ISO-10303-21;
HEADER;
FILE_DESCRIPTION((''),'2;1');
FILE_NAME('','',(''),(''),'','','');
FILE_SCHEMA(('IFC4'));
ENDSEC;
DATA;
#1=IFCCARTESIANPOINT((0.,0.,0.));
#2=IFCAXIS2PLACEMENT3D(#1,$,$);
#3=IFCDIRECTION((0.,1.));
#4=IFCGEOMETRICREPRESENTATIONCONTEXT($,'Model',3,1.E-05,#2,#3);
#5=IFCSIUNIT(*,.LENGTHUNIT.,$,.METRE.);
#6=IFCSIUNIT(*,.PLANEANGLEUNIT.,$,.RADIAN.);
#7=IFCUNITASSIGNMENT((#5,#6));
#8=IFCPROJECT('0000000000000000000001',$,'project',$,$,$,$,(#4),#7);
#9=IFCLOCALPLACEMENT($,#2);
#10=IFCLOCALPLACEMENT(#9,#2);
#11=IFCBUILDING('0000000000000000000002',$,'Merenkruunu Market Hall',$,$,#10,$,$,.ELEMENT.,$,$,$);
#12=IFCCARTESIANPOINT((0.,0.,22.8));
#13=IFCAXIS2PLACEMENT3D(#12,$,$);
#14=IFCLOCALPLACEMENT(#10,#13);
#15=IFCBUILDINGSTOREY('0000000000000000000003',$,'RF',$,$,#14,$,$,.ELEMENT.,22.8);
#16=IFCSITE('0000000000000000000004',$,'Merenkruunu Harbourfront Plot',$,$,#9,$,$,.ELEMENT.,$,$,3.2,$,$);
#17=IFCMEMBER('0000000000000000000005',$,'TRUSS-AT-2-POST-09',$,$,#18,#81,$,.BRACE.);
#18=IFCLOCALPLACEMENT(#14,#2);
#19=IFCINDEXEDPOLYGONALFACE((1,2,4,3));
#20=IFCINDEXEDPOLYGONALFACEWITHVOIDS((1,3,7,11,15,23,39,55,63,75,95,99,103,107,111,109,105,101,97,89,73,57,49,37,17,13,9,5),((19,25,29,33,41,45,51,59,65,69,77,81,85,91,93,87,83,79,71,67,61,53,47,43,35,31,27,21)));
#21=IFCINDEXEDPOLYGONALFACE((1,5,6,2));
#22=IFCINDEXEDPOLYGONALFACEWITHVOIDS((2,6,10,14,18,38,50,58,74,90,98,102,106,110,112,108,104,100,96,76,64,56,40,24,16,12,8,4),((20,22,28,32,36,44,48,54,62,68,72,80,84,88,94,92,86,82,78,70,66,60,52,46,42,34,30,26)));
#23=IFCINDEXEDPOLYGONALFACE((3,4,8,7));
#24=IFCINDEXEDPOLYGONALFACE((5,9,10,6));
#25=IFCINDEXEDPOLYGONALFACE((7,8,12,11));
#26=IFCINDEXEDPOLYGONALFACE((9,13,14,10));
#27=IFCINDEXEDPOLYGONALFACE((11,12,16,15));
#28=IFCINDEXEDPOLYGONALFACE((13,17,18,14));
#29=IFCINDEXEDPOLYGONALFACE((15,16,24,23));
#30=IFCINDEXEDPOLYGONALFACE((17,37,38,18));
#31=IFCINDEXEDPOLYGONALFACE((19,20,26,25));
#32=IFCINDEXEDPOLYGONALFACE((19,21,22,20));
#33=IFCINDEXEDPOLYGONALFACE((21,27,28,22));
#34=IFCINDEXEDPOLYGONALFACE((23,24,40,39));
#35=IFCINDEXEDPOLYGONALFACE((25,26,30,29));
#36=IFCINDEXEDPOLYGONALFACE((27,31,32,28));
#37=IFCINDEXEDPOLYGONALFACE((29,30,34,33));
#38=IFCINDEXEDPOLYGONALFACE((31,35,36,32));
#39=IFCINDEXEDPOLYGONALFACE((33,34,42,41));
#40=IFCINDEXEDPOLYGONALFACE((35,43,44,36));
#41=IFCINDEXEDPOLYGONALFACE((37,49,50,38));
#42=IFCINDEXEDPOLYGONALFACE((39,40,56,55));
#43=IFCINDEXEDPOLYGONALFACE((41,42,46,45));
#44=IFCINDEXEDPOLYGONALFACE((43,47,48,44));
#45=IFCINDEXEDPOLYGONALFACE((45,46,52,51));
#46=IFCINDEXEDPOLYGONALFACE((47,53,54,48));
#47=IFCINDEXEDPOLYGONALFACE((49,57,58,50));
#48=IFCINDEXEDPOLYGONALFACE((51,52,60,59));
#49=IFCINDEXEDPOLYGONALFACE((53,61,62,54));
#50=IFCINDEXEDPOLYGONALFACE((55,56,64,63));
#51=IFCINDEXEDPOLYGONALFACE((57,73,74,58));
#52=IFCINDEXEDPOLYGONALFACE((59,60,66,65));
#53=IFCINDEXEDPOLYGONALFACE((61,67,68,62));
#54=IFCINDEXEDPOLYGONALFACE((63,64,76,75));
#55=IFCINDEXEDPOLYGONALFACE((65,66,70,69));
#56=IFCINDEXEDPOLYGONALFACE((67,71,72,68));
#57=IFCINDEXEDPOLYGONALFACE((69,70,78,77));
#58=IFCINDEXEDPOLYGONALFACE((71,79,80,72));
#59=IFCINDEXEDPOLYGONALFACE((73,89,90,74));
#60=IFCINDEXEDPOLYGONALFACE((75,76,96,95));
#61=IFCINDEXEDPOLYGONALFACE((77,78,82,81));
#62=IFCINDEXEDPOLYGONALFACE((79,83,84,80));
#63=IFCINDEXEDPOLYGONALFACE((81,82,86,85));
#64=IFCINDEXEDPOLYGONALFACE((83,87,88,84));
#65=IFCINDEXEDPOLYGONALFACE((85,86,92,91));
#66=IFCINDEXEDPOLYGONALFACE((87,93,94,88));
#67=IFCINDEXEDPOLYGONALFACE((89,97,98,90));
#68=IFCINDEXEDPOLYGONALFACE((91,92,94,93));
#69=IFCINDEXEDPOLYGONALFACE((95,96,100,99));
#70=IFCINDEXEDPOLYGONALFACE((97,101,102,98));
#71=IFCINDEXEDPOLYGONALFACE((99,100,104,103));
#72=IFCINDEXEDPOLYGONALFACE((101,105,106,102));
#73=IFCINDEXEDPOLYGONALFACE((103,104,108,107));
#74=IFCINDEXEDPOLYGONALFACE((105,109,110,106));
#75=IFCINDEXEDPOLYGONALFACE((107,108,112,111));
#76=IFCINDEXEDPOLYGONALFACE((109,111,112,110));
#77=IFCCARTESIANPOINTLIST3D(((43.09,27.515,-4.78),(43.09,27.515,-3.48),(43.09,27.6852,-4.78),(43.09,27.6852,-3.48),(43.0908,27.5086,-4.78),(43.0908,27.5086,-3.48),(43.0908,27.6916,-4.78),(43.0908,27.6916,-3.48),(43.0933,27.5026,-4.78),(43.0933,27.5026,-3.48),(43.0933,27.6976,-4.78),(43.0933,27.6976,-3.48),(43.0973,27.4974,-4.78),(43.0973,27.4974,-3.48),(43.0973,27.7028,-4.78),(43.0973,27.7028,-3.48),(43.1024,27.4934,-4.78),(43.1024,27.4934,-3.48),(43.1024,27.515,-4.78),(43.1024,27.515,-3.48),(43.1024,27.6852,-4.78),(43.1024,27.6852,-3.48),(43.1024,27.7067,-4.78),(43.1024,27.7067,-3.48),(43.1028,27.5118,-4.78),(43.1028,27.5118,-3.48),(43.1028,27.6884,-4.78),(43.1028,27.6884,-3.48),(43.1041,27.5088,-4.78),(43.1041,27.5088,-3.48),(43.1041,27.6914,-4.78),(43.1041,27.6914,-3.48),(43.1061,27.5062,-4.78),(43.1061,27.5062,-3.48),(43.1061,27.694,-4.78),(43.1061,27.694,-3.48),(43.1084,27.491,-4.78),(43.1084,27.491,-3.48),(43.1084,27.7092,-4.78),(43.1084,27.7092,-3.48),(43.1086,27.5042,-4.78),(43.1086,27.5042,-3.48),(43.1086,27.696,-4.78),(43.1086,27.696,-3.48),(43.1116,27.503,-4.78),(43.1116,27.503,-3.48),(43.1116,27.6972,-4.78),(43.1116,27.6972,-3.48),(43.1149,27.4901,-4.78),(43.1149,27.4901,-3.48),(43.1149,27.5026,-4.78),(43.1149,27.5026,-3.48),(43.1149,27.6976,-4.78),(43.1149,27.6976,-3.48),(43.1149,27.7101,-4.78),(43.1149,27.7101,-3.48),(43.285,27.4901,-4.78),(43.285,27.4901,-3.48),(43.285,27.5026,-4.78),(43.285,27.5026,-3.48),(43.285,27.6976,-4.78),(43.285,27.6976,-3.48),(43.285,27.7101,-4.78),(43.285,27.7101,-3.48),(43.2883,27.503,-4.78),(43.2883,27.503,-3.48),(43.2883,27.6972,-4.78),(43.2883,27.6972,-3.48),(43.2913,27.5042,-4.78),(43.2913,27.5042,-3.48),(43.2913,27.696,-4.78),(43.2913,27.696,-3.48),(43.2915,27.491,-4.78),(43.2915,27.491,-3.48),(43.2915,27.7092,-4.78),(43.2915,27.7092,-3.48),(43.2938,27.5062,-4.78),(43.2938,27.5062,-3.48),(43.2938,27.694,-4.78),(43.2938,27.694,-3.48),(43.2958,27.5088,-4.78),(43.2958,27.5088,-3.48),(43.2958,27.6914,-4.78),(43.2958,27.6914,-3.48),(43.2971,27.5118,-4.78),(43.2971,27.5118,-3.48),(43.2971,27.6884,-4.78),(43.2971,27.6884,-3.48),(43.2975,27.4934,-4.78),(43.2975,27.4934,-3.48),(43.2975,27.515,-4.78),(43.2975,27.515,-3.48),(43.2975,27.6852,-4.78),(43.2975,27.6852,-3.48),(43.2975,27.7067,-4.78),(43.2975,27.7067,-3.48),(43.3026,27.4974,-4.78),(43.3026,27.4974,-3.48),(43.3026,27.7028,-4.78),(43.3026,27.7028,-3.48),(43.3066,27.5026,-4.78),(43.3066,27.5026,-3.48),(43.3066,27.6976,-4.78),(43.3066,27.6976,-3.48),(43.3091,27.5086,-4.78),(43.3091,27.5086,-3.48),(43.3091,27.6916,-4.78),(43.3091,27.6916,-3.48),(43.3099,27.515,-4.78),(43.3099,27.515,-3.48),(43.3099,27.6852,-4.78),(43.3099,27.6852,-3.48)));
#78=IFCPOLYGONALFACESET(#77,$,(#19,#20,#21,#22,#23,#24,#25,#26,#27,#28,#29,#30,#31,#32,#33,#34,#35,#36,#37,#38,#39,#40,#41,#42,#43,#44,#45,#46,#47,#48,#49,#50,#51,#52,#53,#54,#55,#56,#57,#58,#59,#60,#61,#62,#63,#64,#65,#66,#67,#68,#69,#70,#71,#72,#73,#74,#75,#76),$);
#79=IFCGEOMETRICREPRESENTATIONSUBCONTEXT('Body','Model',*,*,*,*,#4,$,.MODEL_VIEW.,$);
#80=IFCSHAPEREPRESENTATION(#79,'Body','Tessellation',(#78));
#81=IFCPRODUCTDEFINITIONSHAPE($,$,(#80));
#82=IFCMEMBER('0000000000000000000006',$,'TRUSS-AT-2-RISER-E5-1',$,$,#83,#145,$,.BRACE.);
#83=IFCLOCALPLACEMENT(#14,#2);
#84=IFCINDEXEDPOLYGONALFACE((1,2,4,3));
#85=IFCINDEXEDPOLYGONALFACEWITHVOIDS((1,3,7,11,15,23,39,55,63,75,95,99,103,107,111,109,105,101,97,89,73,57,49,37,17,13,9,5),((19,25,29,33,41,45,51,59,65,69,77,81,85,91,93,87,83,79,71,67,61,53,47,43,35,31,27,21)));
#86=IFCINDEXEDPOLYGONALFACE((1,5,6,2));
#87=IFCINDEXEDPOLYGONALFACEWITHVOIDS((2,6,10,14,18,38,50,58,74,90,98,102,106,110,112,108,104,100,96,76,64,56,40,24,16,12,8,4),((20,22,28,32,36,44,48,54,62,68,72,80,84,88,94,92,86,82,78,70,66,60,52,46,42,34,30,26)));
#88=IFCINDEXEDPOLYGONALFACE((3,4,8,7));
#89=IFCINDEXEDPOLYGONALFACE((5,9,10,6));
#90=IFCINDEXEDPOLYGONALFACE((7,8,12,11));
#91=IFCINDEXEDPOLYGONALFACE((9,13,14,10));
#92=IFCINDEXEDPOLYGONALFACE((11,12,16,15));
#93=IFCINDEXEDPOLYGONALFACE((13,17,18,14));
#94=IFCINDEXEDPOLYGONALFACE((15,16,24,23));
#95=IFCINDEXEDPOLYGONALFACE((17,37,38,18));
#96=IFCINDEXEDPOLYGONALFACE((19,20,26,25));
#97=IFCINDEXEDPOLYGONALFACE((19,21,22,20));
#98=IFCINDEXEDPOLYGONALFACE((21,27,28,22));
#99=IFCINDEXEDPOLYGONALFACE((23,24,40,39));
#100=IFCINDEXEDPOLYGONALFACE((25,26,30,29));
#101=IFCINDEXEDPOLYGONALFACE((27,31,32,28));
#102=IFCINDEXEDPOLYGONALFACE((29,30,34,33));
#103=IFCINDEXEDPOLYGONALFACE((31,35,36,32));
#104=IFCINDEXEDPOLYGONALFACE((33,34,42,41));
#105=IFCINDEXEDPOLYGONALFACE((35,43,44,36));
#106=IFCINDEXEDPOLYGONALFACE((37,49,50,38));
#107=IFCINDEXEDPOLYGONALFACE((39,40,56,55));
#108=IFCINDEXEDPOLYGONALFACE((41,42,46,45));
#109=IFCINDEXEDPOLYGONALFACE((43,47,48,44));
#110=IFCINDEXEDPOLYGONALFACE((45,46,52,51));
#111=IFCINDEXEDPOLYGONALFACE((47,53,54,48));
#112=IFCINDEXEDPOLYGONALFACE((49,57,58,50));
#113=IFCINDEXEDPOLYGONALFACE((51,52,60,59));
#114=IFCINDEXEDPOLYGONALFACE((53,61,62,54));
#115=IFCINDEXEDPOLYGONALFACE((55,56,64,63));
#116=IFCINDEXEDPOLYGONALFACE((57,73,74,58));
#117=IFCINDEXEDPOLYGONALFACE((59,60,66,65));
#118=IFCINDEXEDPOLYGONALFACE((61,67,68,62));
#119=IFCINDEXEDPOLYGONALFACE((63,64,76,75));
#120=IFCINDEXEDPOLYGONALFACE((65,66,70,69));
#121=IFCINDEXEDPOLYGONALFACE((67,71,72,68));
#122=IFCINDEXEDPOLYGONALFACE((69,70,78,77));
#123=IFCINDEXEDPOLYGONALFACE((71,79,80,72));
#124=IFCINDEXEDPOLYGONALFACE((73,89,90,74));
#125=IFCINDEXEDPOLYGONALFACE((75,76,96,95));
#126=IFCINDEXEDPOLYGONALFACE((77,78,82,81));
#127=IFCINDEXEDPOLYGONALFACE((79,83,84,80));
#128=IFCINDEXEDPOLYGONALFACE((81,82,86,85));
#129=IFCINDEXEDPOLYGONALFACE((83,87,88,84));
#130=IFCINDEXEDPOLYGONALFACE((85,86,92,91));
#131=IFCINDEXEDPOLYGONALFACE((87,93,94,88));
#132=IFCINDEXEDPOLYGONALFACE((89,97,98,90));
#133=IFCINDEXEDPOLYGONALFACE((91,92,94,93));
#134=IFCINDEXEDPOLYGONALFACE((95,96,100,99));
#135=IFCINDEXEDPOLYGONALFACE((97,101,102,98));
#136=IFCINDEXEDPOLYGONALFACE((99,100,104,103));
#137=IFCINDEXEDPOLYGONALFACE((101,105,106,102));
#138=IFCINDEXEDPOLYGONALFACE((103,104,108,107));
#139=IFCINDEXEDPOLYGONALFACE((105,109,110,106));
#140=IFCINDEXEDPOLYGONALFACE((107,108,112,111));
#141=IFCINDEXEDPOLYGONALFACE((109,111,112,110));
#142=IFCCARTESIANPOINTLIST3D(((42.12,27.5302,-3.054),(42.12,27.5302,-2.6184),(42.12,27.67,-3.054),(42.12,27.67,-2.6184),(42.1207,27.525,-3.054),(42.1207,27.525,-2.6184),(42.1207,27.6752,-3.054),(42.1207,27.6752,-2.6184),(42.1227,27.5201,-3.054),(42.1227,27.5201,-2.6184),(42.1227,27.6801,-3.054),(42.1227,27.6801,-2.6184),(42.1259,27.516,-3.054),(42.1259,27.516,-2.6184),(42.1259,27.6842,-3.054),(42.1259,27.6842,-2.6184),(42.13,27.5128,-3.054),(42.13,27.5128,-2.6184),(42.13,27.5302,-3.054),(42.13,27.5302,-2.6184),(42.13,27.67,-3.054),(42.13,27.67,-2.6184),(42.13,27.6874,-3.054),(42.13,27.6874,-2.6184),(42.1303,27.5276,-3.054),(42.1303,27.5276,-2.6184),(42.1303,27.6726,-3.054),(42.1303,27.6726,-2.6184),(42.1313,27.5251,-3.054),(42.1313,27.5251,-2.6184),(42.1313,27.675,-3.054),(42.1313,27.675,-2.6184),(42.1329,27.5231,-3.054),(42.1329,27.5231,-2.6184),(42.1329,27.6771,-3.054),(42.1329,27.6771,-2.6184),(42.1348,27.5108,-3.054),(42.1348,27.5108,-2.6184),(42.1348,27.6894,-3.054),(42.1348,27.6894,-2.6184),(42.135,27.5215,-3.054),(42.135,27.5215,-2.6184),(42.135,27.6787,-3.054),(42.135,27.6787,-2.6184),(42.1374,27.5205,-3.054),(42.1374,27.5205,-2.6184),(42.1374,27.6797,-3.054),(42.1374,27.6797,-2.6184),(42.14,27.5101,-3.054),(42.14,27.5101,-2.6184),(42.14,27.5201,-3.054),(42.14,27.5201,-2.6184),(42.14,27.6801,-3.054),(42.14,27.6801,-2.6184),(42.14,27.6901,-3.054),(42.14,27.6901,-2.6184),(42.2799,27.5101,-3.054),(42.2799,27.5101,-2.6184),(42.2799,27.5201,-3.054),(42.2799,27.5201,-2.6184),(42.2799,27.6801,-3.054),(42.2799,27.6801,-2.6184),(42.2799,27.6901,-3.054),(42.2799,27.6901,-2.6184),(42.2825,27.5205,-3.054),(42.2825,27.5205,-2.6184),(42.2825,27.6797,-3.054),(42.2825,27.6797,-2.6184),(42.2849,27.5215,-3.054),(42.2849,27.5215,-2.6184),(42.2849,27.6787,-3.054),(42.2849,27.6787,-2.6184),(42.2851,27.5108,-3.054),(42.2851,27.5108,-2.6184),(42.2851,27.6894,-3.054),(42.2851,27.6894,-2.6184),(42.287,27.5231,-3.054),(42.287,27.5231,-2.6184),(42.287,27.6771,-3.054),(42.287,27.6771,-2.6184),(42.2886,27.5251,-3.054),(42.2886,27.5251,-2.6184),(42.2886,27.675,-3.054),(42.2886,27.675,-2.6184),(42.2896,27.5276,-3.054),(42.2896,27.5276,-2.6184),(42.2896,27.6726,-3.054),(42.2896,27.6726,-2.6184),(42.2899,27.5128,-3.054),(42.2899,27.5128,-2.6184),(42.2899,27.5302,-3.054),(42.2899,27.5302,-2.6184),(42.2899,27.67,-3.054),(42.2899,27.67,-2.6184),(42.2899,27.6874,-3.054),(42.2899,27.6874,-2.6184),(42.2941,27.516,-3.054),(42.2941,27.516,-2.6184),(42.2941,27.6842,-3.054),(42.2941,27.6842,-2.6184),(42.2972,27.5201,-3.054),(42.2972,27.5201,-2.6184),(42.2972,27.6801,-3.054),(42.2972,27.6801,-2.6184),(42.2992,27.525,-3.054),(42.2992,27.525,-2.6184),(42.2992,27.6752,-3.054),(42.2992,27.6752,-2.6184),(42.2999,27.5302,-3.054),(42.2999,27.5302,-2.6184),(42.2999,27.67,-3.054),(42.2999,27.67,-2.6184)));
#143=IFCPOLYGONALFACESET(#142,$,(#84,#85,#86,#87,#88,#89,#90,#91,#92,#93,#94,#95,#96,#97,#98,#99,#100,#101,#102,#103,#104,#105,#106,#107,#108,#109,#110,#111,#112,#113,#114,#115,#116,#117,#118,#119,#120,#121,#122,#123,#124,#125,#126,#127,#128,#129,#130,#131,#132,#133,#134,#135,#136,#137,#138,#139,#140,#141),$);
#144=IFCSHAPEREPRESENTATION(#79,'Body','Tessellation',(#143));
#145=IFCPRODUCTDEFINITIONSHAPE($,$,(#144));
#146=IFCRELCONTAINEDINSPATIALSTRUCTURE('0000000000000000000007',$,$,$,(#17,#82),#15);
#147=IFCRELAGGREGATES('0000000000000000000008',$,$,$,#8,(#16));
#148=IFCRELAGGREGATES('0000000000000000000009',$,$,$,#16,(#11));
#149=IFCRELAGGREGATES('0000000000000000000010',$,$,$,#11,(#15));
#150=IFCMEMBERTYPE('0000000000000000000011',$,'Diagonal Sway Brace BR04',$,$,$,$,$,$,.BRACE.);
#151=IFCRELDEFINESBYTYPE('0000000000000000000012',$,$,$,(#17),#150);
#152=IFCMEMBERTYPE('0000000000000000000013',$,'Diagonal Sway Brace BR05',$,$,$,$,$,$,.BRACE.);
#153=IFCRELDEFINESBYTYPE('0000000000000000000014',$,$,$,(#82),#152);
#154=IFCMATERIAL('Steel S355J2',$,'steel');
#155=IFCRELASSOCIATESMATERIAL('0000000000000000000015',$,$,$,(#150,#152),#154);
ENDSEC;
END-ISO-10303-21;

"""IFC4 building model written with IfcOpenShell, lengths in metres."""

from ifc_helpers import new_model, si_unit, direction, frame, origin, origin_2d, place, context, subcontext, project, spatial, hollow_rectangle, extrude, material, material_profile, profile_set, type_object, element, save


model = new_model("IFC4")

# Units and contexts
model_context = context("Model", 3, precision=1e-05, world=origin(), true_north=direction((0.0, 1.0)))
body_context = subcontext(model_context, "Body", "Model", "MODEL_VIEW")
ifc_project = project(units=[si_unit("LENGTHUNIT", "METRE"), si_unit("PLANEANGLEUNIT", "RADIAN")], contexts=[model_context])

# Site, building, storey
site_placement = place(None, origin())
site = spatial("IfcSite", under=ifc_project, at=site_placement, Name="Merenkruunu Harbourfront Plot", CompositionType="ELEMENT", RefElevation=3.2)
building_placement = place(site_placement, origin())
building = spatial("IfcBuilding", under=site, at=building_placement, Name="Merenkruunu Market Hall", CompositionType="ELEMENT")
storey_placement = place(building_placement, frame((0.0, 0.0, 22.8)))
storey = spatial("IfcBuildingStorey", under=building, at=storey_placement, Name="RF", CompositionType="ELEMENT", Elevation=22.8)

# Members
ifc_material_1 = material(Name="Steel S355J2", Category="steel")
ifc_material_profile_1 = material_profile(ifc_material_1, hollow_rectangle(XDim=0.22, YDim=0.22, WallThickness=0.0125, InnerFilletRadius=0.0125, OuterFilletRadius=0.0249, at=origin_2d()), Name="SHS 220x220x12.5")
ifc_profile_set_1 = profile_set([ifc_material_profile_1], Name="Steel S355J2")
member_type_1 = type_object("IfcMemberType", Name="Diagonal Sway Brace BR04", PredefinedType="BRACE", material=ifc_profile_set_1)
member_1_placement = place(storey_placement, frame((43.2, 27.6001, -4.78), z_axis=(0.0, 0.0, 1.0), x_axis=(1.0, 0.0, 0.0)))
element("IfcMember", 1, at=member_1_placement, inside=storey, type_object=member_type_1, Name="TRUSS-AT-2-POST-09", PredefinedType="BRACE", context=body_context, shape_type="SweptSolid", body=[
    extrude(hollow_rectangle(XDim=0.22, YDim=0.22, WallThickness=0.0125, InnerFilletRadius=0.0125, OuterFilletRadius=0.0249, at=origin_2d()), origin(), (0.0, 0.0, 1.0), 1.3),
])
ifc_material_profile_2 = material_profile(ifc_material_1, hollow_rectangle(XDim=0.1799, YDim=0.1799, WallThickness=0.01, InnerFilletRadius=0.01, OuterFilletRadius=0.02, at=origin_2d()), Name="SHS 180x180x10")
ifc_profile_set_2 = profile_set([ifc_material_profile_2], Name="Steel S355J2")
member_type_2 = type_object("IfcMemberType", Name="Diagonal Sway Brace BR05", PredefinedType="BRACE", material=ifc_profile_set_2)
member_2_placement = place(storey_placement, frame((42.21, 27.6001, -3.054), z_axis=(0.0, 0.0, 1.0), x_axis=(1.0, 0.0, 0.0)))
element("IfcMember", 2, at=member_2_placement, inside=storey, type_object=member_type_2, Name="TRUSS-AT-2-RISER-E5-1", PredefinedType="BRACE", context=body_context, shape_type="SweptSolid", body=[
    extrude(hollow_rectangle(XDim=0.1799, YDim=0.1799, WallThickness=0.01, InnerFilletRadius=0.01, OuterFilletRadius=0.02, at=origin_2d()), origin(), (0.0, 0.0, 1.0), 0.4355),
])

save(model, "model.ifc")
